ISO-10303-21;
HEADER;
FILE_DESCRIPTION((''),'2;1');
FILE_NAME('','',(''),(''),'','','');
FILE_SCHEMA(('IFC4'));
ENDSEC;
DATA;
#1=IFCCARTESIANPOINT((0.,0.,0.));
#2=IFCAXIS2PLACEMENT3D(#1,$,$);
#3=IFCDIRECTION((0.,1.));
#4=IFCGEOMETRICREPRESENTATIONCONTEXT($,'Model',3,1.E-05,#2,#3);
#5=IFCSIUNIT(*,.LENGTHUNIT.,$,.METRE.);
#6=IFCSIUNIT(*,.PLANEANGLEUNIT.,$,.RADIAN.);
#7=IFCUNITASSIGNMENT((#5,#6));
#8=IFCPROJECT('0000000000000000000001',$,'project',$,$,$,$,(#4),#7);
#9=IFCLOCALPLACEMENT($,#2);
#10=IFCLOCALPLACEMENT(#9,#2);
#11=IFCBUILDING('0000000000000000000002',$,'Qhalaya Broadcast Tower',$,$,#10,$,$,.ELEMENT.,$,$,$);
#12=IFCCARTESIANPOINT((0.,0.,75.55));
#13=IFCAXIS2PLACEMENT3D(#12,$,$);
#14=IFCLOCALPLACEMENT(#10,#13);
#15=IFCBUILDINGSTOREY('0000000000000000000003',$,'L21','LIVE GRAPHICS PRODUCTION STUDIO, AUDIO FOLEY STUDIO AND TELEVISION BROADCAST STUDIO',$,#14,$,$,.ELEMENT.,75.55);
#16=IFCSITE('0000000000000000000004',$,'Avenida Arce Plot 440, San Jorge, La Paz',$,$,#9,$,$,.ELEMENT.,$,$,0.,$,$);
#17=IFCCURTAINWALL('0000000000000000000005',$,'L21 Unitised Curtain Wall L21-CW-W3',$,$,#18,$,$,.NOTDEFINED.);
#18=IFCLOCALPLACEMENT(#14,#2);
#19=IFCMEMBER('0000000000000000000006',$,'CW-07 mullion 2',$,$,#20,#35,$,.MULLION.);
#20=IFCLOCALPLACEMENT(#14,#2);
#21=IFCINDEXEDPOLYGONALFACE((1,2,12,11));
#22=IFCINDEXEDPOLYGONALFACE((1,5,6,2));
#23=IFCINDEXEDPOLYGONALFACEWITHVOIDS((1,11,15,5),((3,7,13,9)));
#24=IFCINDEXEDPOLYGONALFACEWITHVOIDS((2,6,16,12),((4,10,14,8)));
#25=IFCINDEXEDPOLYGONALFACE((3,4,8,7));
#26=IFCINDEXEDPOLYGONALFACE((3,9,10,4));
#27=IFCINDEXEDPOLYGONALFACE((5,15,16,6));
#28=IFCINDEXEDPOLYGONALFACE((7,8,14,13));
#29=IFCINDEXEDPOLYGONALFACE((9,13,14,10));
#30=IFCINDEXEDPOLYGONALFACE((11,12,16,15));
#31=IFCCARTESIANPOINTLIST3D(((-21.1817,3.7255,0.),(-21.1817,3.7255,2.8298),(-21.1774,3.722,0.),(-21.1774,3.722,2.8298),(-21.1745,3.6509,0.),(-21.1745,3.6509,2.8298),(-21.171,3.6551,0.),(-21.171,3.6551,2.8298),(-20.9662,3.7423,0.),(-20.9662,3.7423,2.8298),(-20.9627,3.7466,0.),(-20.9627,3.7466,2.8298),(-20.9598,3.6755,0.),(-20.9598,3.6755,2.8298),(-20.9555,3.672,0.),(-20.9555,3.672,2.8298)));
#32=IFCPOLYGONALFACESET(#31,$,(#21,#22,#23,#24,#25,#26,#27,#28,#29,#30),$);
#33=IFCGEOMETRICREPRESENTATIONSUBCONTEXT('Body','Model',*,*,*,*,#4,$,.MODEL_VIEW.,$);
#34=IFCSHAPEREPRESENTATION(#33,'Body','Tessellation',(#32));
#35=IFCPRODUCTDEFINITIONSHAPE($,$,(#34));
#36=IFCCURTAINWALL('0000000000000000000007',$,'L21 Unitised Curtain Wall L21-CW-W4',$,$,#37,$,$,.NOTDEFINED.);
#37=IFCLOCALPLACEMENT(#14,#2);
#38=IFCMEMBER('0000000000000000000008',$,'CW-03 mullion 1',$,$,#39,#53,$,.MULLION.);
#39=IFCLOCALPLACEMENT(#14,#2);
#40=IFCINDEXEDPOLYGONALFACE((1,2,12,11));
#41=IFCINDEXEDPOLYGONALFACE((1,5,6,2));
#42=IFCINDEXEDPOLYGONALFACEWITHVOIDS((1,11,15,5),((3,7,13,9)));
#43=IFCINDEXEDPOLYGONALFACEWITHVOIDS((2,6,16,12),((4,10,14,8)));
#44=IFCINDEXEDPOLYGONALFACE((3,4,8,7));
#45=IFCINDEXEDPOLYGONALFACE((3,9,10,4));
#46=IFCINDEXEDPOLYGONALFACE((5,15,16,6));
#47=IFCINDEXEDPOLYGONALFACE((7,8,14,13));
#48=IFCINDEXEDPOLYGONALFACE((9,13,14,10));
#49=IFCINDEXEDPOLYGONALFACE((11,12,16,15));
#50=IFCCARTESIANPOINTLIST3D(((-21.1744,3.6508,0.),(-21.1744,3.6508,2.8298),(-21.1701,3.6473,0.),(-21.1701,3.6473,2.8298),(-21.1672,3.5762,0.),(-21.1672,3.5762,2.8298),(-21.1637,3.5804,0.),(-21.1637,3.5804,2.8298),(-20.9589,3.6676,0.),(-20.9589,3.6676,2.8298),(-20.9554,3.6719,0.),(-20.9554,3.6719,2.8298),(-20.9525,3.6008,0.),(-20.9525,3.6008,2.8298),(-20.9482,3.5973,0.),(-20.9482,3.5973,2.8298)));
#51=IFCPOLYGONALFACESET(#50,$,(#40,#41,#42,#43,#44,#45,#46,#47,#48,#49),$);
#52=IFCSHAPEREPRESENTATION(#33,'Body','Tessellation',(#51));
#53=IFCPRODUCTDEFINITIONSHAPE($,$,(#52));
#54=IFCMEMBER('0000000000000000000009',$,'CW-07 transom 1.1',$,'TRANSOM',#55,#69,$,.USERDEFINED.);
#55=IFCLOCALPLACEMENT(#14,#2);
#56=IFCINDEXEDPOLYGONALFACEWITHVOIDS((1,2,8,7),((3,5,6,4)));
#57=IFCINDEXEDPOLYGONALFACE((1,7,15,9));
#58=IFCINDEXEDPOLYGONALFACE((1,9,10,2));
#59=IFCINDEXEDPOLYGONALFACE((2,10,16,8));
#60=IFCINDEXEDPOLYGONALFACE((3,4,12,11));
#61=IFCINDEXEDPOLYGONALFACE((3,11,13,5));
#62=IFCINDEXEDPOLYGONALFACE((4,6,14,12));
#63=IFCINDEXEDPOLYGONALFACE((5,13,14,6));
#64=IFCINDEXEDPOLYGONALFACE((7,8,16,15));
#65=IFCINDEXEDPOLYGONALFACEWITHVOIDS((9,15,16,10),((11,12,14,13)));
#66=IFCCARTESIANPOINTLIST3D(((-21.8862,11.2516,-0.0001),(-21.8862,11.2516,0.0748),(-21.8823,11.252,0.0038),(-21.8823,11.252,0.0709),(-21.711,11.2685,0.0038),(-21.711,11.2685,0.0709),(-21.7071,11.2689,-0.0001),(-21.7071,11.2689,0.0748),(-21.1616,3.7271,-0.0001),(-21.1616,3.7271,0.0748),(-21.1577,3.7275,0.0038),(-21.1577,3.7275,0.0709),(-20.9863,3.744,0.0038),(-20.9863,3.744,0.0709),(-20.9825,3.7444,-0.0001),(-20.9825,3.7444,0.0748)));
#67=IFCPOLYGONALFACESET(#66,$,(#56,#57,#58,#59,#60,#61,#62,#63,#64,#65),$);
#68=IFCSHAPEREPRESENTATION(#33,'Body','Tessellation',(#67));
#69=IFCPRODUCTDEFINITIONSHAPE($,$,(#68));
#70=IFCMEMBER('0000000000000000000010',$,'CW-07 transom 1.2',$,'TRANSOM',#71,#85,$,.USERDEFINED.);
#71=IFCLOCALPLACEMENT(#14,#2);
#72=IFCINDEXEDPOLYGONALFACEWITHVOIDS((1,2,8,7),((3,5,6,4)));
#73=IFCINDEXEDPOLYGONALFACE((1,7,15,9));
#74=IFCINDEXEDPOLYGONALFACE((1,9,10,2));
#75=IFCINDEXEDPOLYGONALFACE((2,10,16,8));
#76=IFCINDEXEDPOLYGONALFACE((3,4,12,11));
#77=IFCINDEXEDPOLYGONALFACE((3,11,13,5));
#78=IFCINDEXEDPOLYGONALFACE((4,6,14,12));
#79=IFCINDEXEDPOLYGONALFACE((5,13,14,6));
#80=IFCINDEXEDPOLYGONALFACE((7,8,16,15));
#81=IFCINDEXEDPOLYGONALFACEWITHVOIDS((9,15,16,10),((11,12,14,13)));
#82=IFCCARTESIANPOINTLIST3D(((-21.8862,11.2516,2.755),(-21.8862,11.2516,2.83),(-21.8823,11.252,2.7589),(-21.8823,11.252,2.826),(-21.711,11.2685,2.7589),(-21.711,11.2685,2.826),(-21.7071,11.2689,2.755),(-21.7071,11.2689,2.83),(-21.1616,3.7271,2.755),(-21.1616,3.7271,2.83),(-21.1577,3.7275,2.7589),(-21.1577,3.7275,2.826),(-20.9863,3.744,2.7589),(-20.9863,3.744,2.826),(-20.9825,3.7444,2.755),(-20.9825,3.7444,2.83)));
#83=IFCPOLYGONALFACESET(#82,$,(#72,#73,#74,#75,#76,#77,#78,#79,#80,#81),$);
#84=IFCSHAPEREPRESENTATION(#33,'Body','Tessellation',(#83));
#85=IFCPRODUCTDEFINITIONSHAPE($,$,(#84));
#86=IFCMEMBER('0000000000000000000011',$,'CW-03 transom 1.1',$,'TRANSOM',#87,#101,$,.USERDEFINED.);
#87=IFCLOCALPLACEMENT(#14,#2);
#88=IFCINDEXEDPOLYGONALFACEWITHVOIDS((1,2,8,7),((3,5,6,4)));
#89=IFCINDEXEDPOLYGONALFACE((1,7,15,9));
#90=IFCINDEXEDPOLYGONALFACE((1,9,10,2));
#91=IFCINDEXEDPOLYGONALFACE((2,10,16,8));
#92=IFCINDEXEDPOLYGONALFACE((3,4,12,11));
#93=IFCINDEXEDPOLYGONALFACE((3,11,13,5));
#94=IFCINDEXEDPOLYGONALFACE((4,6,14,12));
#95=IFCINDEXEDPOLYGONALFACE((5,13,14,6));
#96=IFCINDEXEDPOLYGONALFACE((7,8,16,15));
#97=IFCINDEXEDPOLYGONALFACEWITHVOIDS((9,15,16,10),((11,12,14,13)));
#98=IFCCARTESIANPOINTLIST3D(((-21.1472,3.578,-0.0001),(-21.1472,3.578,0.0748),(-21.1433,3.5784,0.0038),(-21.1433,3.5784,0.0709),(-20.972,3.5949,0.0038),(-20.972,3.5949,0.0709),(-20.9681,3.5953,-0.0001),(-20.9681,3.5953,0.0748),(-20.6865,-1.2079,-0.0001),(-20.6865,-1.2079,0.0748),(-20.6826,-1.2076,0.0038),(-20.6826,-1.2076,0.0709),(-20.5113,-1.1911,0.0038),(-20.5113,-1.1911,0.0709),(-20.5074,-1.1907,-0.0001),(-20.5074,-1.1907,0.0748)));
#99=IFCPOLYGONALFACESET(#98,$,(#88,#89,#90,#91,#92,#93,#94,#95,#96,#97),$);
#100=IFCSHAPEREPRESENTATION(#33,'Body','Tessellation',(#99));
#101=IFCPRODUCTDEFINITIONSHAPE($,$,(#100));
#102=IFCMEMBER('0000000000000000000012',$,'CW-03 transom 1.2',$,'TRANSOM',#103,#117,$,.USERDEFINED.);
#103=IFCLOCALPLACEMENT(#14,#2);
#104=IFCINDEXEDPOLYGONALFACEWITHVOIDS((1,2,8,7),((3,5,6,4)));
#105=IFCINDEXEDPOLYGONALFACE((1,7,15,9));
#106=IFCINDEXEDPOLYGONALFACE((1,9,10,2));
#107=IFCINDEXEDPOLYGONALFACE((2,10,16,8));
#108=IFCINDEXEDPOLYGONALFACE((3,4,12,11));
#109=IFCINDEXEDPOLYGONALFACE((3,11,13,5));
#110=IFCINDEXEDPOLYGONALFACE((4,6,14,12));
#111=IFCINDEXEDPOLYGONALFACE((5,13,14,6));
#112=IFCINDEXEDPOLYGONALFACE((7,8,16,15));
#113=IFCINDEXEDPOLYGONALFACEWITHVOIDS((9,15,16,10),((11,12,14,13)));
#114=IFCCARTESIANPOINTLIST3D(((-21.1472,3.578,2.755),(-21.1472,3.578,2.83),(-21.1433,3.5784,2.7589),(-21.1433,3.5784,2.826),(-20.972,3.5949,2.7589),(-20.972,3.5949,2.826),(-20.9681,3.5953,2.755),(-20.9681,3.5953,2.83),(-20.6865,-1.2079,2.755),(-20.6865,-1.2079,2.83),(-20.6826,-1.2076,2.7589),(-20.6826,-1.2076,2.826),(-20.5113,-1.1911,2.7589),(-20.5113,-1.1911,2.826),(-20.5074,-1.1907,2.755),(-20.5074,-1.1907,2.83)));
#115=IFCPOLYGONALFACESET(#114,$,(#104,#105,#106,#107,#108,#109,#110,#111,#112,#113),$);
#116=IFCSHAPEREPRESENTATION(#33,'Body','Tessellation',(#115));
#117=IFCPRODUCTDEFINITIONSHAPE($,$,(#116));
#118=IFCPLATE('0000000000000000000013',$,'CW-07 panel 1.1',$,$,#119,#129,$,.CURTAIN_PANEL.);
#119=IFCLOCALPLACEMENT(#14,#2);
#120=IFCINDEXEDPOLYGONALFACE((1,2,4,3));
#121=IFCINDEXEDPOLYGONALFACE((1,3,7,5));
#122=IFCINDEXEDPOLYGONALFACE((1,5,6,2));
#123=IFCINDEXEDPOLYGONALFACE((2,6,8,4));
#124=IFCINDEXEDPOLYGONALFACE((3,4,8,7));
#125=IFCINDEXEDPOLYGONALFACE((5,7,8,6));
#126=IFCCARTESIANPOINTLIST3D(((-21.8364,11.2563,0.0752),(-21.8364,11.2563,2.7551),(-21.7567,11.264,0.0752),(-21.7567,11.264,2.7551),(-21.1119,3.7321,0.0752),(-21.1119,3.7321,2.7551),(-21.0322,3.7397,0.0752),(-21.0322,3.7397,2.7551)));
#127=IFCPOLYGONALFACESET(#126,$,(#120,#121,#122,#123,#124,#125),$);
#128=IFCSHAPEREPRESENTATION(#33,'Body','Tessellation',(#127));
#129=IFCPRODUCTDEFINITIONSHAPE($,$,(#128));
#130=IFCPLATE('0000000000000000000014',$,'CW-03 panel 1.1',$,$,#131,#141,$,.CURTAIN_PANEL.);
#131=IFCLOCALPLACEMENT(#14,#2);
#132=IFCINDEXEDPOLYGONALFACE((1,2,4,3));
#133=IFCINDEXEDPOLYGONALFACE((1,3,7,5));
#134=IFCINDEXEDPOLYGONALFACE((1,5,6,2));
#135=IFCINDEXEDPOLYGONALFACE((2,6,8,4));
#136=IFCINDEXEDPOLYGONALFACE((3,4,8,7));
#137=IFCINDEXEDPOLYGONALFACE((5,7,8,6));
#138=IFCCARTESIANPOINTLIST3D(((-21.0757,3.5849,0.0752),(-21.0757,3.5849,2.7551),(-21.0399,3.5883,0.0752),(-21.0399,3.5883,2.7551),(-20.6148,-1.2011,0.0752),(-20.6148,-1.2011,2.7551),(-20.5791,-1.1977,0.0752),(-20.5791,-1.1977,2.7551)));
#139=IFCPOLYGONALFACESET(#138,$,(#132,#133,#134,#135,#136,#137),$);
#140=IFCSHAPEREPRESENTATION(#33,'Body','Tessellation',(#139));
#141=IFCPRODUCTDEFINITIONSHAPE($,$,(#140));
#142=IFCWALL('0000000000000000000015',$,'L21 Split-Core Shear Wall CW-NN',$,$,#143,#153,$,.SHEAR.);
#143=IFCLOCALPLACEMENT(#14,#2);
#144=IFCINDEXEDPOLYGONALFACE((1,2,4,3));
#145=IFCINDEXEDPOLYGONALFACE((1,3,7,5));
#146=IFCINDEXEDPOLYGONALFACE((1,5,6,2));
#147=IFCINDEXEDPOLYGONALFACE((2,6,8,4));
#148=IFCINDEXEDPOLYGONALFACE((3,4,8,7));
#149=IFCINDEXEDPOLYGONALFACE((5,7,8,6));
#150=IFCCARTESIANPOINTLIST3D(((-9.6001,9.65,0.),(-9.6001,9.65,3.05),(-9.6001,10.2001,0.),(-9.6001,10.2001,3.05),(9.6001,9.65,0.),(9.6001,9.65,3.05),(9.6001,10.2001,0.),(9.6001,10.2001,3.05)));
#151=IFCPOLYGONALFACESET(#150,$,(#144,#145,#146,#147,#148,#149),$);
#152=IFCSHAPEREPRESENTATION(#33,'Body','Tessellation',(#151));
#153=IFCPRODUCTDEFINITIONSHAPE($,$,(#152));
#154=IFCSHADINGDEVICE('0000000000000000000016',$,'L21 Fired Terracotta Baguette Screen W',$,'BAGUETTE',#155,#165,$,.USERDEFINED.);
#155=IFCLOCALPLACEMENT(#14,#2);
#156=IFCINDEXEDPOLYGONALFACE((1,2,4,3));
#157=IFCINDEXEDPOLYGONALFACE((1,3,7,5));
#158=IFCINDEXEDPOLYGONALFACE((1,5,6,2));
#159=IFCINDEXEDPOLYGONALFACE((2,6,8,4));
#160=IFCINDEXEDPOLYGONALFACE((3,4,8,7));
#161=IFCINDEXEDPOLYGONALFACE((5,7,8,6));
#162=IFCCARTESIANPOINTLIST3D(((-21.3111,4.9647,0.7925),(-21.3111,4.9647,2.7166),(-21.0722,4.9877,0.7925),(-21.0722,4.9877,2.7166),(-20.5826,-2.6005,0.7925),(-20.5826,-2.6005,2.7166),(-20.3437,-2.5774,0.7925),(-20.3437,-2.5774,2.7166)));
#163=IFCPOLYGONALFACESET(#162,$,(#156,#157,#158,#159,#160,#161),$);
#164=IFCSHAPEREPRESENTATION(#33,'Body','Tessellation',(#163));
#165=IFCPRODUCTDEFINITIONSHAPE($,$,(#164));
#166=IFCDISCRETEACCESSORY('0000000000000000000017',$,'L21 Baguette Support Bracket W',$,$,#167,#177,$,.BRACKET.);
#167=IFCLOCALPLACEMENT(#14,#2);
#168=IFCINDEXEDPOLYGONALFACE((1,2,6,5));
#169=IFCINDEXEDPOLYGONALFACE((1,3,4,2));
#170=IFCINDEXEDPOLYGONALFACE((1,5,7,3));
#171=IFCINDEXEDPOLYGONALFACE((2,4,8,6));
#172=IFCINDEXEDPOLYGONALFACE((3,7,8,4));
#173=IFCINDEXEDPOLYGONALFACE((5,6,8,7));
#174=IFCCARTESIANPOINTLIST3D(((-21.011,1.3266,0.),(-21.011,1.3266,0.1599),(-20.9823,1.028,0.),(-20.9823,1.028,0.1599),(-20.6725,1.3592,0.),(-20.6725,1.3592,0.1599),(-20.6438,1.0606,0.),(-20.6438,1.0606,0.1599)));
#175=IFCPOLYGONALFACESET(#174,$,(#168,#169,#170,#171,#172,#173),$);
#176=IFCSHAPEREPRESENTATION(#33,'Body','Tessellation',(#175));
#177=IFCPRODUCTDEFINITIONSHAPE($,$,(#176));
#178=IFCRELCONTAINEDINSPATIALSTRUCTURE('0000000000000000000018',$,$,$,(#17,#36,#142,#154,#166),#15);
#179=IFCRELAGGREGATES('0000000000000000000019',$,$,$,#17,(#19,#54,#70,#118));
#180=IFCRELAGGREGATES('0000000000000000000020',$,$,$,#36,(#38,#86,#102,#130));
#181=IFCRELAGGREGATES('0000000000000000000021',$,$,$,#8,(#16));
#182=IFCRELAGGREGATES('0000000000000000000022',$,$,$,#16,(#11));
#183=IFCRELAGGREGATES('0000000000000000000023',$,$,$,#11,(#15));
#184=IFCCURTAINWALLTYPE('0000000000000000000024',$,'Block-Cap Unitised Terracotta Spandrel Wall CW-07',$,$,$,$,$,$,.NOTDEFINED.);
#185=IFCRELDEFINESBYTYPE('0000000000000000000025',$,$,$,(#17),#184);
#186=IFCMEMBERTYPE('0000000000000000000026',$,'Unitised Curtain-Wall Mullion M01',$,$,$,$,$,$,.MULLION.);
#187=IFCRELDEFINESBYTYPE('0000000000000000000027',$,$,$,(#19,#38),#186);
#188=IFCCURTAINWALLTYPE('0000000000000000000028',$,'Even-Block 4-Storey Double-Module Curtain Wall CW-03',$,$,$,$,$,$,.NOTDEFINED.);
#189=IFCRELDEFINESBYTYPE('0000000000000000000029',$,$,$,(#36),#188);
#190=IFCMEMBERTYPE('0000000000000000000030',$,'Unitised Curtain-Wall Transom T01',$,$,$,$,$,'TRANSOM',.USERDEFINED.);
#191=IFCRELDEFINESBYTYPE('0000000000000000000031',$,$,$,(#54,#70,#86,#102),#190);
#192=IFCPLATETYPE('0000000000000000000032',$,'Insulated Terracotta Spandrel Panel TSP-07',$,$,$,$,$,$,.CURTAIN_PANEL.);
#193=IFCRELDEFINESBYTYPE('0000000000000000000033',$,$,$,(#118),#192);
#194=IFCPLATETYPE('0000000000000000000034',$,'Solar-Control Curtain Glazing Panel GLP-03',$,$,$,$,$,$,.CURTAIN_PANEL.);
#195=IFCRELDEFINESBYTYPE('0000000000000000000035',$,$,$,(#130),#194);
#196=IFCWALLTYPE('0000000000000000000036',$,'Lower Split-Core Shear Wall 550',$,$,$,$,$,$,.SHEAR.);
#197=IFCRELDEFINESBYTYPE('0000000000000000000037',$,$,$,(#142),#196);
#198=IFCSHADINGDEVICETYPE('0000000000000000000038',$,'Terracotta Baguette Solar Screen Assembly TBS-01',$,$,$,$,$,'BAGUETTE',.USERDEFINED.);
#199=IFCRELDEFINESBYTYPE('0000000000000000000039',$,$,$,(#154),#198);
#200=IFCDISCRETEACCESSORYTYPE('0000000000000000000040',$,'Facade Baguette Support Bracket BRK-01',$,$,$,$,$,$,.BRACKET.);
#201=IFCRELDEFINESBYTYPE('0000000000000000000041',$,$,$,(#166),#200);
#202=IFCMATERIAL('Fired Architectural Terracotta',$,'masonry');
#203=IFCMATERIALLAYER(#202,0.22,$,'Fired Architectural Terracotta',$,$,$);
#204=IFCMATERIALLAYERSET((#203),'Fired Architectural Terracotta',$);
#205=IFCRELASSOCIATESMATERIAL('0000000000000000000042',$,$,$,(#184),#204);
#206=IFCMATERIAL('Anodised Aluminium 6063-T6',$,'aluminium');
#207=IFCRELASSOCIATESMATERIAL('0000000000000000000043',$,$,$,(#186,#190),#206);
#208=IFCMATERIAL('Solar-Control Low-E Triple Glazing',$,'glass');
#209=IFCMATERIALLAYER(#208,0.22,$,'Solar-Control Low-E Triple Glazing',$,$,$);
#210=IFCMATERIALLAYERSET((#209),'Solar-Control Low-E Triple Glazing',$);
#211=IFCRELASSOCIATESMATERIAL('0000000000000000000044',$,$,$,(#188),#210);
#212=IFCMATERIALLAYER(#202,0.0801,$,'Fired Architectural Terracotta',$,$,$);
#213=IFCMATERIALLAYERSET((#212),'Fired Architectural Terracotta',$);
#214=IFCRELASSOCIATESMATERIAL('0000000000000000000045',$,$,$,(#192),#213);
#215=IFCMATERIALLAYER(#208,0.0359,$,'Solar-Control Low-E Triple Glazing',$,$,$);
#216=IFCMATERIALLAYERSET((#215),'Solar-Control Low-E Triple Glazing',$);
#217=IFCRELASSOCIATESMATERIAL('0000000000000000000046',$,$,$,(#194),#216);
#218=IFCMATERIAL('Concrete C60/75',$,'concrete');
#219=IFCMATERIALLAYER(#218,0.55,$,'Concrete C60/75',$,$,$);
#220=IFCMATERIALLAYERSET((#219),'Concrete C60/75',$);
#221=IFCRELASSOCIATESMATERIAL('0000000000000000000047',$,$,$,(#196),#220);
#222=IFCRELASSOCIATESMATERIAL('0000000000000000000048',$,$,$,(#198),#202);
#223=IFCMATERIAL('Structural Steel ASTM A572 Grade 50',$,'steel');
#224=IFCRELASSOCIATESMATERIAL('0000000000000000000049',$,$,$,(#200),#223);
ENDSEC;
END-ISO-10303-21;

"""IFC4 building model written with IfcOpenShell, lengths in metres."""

from ifc_helpers import new_model, si_unit, direction, frame, frame_2d, origin, origin_2d, place, context, subcontext, project, spatial, rectangle, hollow_rectangle, extrude, material, layer, layer_set, material_profile, profile_set, type_object, element, aggregate, save


model = new_model("IFC4")

# Units and contexts
model_context = context("Model", 3, precision=1e-05, world=origin(), true_north=direction((0.0, 1.0)))
body_context = subcontext(model_context, "Body", "Model", "MODEL_VIEW")
ifc_project = project(units=[si_unit("LENGTHUNIT", "METRE"), si_unit("PLANEANGLEUNIT", "RADIAN")], contexts=[model_context])

# Site, building, storey
site_placement = place(None, origin())
site = spatial("IfcSite", under=ifc_project, at=site_placement, Name="Avenida Arce Plot 440, San Jorge, La Paz", CompositionType="ELEMENT", RefElevation=0.0)
building_placement = place(site_placement, origin())
building = spatial("IfcBuilding", under=site, at=building_placement, Name="Qhalaya Broadcast Tower", CompositionType="ELEMENT")
storey_placement = place(building_placement, frame((0.0, 0.0, 75.55)))
storey = spatial("IfcBuildingStorey", under=building, at=storey_placement, Name="L21", Description="LIVE GRAPHICS PRODUCTION STUDIO, AUDIO FOLEY STUDIO AND TELEVISION BROADCAST STUDIO", CompositionType="ELEMENT", Elevation=75.55)

# Shared definitions
ifc_material_1 = material(Name="Structural Steel ASTM A572 Grade 50", Category="steel")

# Curtain wall, member
ifc_material_2 = material(Name="Fired Architectural Terracotta", Category="masonry")
ifc_layer_1 = layer(ifc_material_2, 0.22, Name="Fired Architectural Terracotta")
ifc_layer_set_1 = layer_set([ifc_layer_1], Name="Fired Architectural Terracotta")
curtain_wall_type_1 = type_object("IfcCurtainWallType", Name="Block-Cap Unitised Terracotta Spandrel Wall CW-07", PredefinedType="NOTDEFINED", material=ifc_layer_set_1)
curtain_wall_1_placement = place(storey_placement, origin())
curtain_wall_1 = element("IfcCurtainWall", 1, at=curtain_wall_1_placement, inside=storey, type_object=curtain_wall_type_1, Name="L21 Unitised Curtain Wall L21-CW-W3", PredefinedType="NOTDEFINED")
ifc_material_3 = material(Name="Anodised Aluminium 6063-T6", Category="aluminium")
ifc_material_profile_1 = material_profile(ifc_material_3, hollow_rectangle(XDim=0.075, YDim=0.22, WallThickness=0.0039, at=origin_2d()), Name="ALU-MUL 75x220x4")
ifc_profile_set_1 = profile_set([ifc_material_profile_1], Name="Anodised Aluminium 6063-T6")
member_type_1 = type_object("IfcMemberType", Name="Unitised Curtain-Wall Mullion M01", PredefinedType="MULLION", material=ifc_profile_set_1)
member_1_placement = place(storey_placement, frame((-21.0686, 3.6987, 0.0), z_axis=(0.0, 0.0, 1.0), x_axis=(0.095849, -0.995396, 0.0)))
member_1 = element("IfcMember", 2, at=member_1_placement, type_object=member_type_1, Name="CW-07 mullion 2", PredefinedType="MULLION", context=body_context, shape_type="SweptSolid", body=[
    extrude(hollow_rectangle(XDim=0.075, YDim=0.22, WallThickness=0.0039, at=origin_2d()), origin(), (0.0, 0.0, 1.0), 2.8298),
])

# Curtain wall, member
ifc_material_4 = material(Name="Solar-Control Low-E Triple Glazing", Category="glass")
ifc_layer_2 = layer(ifc_material_4, 0.22, Name="Solar-Control Low-E Triple Glazing")
ifc_layer_set_2 = layer_set([ifc_layer_2], Name="Solar-Control Low-E Triple Glazing")
curtain_wall_type_2 = type_object("IfcCurtainWallType", Name="Even-Block 4-Storey Double-Module Curtain Wall CW-03", PredefinedType="NOTDEFINED", material=ifc_layer_set_2)
curtain_wall_2_placement = place(storey_placement, origin())
curtain_wall_2 = element("IfcCurtainWall", 3, at=curtain_wall_2_placement, inside=storey, type_object=curtain_wall_type_2, Name="L21 Unitised Curtain Wall L21-CW-W4", PredefinedType="NOTDEFINED")
member_2_placement = place(storey_placement, frame((-21.0613, 3.624, 0.0), z_axis=(0.0, 0.0, 1.0), x_axis=(0.095845, -0.995396, 0.0)))
member_2 = element("IfcMember", 4, at=member_2_placement, type_object=member_type_1, Name="CW-03 mullion 1", PredefinedType="MULLION", context=body_context, shape_type="SweptSolid", body=[
    extrude(hollow_rectangle(XDim=0.075, YDim=0.22, WallThickness=0.0039, at=origin_2d()), origin(), (0.0, 0.0, 1.0), 2.8298),
])

# Members
ifc_material_profile_2 = material_profile(ifc_material_3, hollow_rectangle(XDim=0.075, YDim=0.1799, WallThickness=0.0039, at=origin_2d()), Name="ALU-TRN 75x180x4")
ifc_profile_set_2 = profile_set([ifc_material_profile_2], Name="Anodised Aluminium 6063-T6")
member_type_2 = type_object("IfcMemberType", Name="Unitised Curtain-Wall Transom T01", ElementType="TRANSOM", PredefinedType="USERDEFINED", material=ifc_profile_set_2)
member_3_placement = place(storey_placement, frame((-21.7966, 11.2603, 0.0374), z_axis=(0.095858, -0.995395, 0.0), x_axis=(0.0, 0.0, 1.0)))
member_3 = element("IfcMember", 5, at=member_3_placement, type_object=member_type_2, Name="CW-07 transom 1.1", ObjectType="TRANSOM", PredefinedType="USERDEFINED", context=body_context, shape_type="SweptSolid", body=[
    extrude(hollow_rectangle(XDim=0.075, YDim=0.1799, WallThickness=0.0039, at=origin_2d()), origin(), (0.0, 0.0, 1.0), 7.5593),
])
member_4_placement = place(storey_placement, frame((-21.7966, 11.2603, 2.7925), z_axis=(0.095858, -0.995395, 0.0), x_axis=(0.0, 0.0, 1.0)))
member_4 = element("IfcMember", 6, at=member_4_placement, type_object=member_type_2, Name="CW-07 transom 1.2", ObjectType="TRANSOM", PredefinedType="USERDEFINED", context=body_context, shape_type="SweptSolid", body=[
    extrude(hollow_rectangle(XDim=0.075, YDim=0.1799, WallThickness=0.0039, at=origin_2d()), origin(), (0.0, 0.0, 1.0), 7.5593),
])
member_5_placement = place(storey_placement, frame((-21.0576, 3.5867, 0.0374), z_axis=(0.095818, -0.995399, 0.0), x_axis=(0.0, 0.0, 1.0)))
member_5 = element("IfcMember", 7, at=member_5_placement, type_object=member_type_2, Name="CW-03 transom 1.1", ObjectType="TRANSOM", PredefinedType="USERDEFINED", context=body_context, shape_type="SweptSolid", body=[
    extrude(hollow_rectangle(XDim=0.075, YDim=0.1799, WallThickness=0.0039, at=origin_2d()), origin(), (0.0, 0.0, 1.0), 4.8081),
])
member_6_placement = place(storey_placement, frame((-21.0576, 3.5867, 2.7925), z_axis=(0.095818, -0.995399, 0.0), x_axis=(0.0, 0.0, 1.0)))
member_6 = element("IfcMember", 8, at=member_6_placement, type_object=member_type_2, Name="CW-03 transom 1.2", ObjectType="TRANSOM", PredefinedType="USERDEFINED", context=body_context, shape_type="SweptSolid", body=[
    extrude(hollow_rectangle(XDim=0.075, YDim=0.1799, WallThickness=0.0039, at=origin_2d()), origin(), (0.0, 0.0, 1.0), 4.8081),
])

# Plates
ifc_layer_3 = layer(ifc_material_2, 0.0801, Name="Fired Architectural Terracotta")
ifc_layer_set_3 = layer_set([ifc_layer_3], Name="Fired Architectural Terracotta")
plate_type_1 = type_object("IfcPlateType", Name="Insulated Terracotta Spandrel Panel TSP-07", PredefinedType="CURTAIN_PANEL", material=ifc_layer_set_3)
plate_1_placement = place(storey_placement, frame((-21.4343, 7.498, 0.0752), z_axis=(0.0, 0.0, 1.0), x_axis=(0.095849, -0.995396, 0.0)))
plate_1 = element("IfcPlate", 9, at=plate_1_placement, type_object=plate_type_1, Name="CW-07 panel 1.1", PredefinedType="CURTAIN_PANEL", context=body_context, shape_type="SweptSolid", body=[
    extrude(rectangle(XDim=7.5591, YDim=0.0801, at=origin_2d()), origin(), (0.0, 0.0, 1.0), 2.6799),
])
aggregate(curtain_wall_1, [member_1, member_3, member_4, plate_1])
ifc_layer_4 = layer(ifc_material_4, 0.0359, Name="Solar-Control Low-E Triple Glazing")
ifc_layer_set_4 = layer_set([ifc_layer_4], Name="Solar-Control Low-E Triple Glazing")
plate_type_2 = type_object("IfcPlateType", Name="Solar-Control Curtain Glazing Panel GLP-03", PredefinedType="CURTAIN_PANEL", material=ifc_layer_set_4)
plate_2_placement = place(storey_placement, frame((-20.8274, 1.1936, 0.0752), z_axis=(0.0, 0.0, 1.0), x_axis=(0.095845, -0.995396, 0.0)))
plate_2 = element("IfcPlate", 10, at=plate_2_placement, type_object=plate_type_2, Name="CW-03 panel 1.1", PredefinedType="CURTAIN_PANEL", context=body_context, shape_type="SweptSolid", body=[
    extrude(rectangle(XDim=4.8081, YDim=0.0359, at=origin_2d()), origin(), (0.0, 0.0, 1.0), 2.6799),
])
aggregate(curtain_wall_2, [member_2, member_5, member_6, plate_2])

# Wall
ifc_material_5 = material(Name="Concrete C60/75", Category="concrete")
ifc_layer_5 = layer(ifc_material_5, 0.55, Name="Concrete C60/75")
ifc_layer_set_5 = layer_set([ifc_layer_5], Name="Concrete C60/75")
wall_type = type_object("IfcWallType", Name="Lower Split-Core Shear Wall 550", PredefinedType="SHEAR", material=ifc_layer_set_5)
wall_1_placement = place(storey_placement, frame((-9.6001, 9.925, 0.0), z_axis=(0.0, 0.0, 1.0), x_axis=(1.0, 0.0, 0.0)))
element("IfcWall", 11, at=wall_1_placement, inside=storey, type_object=wall_type, Name="L21 Split-Core Shear Wall CW-NN", PredefinedType="SHEAR", context=body_context, shape_type="SweptSolid", body=[
    extrude(rectangle(XDim=19.2002, YDim=0.55, at=frame_2d((9.6001, 0.0))), origin(), (0.0, 0.0, 1.0), 3.05),
])

# Shading device
shading_device_type = type_object("IfcShadingDeviceType", Name="Terracotta Baguette Solar Screen Assembly TBS-01", ElementType="BAGUETTE", PredefinedType="USERDEFINED", material=ifc_material_2)
shading_device_placement = place(storey_placement, frame((-20.8274, 1.1936, 0.7925), z_axis=(0.0, 0.0, 1.0), x_axis=(0.095846, -0.995396, 0.0)))
element("IfcShadingDevice", 12, at=shading_device_placement, inside=storey, type_object=shading_device_type, Name="L21 Fired Terracotta Baguette Screen W", ObjectType="BAGUETTE", PredefinedType="USERDEFINED", context=body_context, shape_type="SweptSolid", body=[
    extrude(rectangle(XDim=7.6001, YDim=0.24, at=origin_2d()), origin(), (0.0, 0.0, 1.0), 1.9241),
])

# Discrete accessory
discrete_accessory_type = type_object("IfcDiscreteAccessoryType", Name="Facade Baguette Support Bracket BRK-01", PredefinedType="BRACKET", material=ifc_material_1)
discrete_accessory_placement = place(storey_placement, frame((-20.8274, 1.1936, 0.0), z_axis=(0.0, 0.0, 1.0), x_axis=(0.095846, -0.995396, 0.0)))
element("IfcDiscreteAccessory", 13, at=discrete_accessory_placement, inside=storey, type_object=discrete_accessory_type, Name="L21 Baguette Support Bracket W", PredefinedType="BRACKET", context=body_context, shape_type="SweptSolid", body=[
    extrude(rectangle(XDim=0.3, YDim=0.3401, at=origin_2d()), origin(), (0.0, 0.0, 1.0), 0.1599),
])

save(model, "model.ifc")
